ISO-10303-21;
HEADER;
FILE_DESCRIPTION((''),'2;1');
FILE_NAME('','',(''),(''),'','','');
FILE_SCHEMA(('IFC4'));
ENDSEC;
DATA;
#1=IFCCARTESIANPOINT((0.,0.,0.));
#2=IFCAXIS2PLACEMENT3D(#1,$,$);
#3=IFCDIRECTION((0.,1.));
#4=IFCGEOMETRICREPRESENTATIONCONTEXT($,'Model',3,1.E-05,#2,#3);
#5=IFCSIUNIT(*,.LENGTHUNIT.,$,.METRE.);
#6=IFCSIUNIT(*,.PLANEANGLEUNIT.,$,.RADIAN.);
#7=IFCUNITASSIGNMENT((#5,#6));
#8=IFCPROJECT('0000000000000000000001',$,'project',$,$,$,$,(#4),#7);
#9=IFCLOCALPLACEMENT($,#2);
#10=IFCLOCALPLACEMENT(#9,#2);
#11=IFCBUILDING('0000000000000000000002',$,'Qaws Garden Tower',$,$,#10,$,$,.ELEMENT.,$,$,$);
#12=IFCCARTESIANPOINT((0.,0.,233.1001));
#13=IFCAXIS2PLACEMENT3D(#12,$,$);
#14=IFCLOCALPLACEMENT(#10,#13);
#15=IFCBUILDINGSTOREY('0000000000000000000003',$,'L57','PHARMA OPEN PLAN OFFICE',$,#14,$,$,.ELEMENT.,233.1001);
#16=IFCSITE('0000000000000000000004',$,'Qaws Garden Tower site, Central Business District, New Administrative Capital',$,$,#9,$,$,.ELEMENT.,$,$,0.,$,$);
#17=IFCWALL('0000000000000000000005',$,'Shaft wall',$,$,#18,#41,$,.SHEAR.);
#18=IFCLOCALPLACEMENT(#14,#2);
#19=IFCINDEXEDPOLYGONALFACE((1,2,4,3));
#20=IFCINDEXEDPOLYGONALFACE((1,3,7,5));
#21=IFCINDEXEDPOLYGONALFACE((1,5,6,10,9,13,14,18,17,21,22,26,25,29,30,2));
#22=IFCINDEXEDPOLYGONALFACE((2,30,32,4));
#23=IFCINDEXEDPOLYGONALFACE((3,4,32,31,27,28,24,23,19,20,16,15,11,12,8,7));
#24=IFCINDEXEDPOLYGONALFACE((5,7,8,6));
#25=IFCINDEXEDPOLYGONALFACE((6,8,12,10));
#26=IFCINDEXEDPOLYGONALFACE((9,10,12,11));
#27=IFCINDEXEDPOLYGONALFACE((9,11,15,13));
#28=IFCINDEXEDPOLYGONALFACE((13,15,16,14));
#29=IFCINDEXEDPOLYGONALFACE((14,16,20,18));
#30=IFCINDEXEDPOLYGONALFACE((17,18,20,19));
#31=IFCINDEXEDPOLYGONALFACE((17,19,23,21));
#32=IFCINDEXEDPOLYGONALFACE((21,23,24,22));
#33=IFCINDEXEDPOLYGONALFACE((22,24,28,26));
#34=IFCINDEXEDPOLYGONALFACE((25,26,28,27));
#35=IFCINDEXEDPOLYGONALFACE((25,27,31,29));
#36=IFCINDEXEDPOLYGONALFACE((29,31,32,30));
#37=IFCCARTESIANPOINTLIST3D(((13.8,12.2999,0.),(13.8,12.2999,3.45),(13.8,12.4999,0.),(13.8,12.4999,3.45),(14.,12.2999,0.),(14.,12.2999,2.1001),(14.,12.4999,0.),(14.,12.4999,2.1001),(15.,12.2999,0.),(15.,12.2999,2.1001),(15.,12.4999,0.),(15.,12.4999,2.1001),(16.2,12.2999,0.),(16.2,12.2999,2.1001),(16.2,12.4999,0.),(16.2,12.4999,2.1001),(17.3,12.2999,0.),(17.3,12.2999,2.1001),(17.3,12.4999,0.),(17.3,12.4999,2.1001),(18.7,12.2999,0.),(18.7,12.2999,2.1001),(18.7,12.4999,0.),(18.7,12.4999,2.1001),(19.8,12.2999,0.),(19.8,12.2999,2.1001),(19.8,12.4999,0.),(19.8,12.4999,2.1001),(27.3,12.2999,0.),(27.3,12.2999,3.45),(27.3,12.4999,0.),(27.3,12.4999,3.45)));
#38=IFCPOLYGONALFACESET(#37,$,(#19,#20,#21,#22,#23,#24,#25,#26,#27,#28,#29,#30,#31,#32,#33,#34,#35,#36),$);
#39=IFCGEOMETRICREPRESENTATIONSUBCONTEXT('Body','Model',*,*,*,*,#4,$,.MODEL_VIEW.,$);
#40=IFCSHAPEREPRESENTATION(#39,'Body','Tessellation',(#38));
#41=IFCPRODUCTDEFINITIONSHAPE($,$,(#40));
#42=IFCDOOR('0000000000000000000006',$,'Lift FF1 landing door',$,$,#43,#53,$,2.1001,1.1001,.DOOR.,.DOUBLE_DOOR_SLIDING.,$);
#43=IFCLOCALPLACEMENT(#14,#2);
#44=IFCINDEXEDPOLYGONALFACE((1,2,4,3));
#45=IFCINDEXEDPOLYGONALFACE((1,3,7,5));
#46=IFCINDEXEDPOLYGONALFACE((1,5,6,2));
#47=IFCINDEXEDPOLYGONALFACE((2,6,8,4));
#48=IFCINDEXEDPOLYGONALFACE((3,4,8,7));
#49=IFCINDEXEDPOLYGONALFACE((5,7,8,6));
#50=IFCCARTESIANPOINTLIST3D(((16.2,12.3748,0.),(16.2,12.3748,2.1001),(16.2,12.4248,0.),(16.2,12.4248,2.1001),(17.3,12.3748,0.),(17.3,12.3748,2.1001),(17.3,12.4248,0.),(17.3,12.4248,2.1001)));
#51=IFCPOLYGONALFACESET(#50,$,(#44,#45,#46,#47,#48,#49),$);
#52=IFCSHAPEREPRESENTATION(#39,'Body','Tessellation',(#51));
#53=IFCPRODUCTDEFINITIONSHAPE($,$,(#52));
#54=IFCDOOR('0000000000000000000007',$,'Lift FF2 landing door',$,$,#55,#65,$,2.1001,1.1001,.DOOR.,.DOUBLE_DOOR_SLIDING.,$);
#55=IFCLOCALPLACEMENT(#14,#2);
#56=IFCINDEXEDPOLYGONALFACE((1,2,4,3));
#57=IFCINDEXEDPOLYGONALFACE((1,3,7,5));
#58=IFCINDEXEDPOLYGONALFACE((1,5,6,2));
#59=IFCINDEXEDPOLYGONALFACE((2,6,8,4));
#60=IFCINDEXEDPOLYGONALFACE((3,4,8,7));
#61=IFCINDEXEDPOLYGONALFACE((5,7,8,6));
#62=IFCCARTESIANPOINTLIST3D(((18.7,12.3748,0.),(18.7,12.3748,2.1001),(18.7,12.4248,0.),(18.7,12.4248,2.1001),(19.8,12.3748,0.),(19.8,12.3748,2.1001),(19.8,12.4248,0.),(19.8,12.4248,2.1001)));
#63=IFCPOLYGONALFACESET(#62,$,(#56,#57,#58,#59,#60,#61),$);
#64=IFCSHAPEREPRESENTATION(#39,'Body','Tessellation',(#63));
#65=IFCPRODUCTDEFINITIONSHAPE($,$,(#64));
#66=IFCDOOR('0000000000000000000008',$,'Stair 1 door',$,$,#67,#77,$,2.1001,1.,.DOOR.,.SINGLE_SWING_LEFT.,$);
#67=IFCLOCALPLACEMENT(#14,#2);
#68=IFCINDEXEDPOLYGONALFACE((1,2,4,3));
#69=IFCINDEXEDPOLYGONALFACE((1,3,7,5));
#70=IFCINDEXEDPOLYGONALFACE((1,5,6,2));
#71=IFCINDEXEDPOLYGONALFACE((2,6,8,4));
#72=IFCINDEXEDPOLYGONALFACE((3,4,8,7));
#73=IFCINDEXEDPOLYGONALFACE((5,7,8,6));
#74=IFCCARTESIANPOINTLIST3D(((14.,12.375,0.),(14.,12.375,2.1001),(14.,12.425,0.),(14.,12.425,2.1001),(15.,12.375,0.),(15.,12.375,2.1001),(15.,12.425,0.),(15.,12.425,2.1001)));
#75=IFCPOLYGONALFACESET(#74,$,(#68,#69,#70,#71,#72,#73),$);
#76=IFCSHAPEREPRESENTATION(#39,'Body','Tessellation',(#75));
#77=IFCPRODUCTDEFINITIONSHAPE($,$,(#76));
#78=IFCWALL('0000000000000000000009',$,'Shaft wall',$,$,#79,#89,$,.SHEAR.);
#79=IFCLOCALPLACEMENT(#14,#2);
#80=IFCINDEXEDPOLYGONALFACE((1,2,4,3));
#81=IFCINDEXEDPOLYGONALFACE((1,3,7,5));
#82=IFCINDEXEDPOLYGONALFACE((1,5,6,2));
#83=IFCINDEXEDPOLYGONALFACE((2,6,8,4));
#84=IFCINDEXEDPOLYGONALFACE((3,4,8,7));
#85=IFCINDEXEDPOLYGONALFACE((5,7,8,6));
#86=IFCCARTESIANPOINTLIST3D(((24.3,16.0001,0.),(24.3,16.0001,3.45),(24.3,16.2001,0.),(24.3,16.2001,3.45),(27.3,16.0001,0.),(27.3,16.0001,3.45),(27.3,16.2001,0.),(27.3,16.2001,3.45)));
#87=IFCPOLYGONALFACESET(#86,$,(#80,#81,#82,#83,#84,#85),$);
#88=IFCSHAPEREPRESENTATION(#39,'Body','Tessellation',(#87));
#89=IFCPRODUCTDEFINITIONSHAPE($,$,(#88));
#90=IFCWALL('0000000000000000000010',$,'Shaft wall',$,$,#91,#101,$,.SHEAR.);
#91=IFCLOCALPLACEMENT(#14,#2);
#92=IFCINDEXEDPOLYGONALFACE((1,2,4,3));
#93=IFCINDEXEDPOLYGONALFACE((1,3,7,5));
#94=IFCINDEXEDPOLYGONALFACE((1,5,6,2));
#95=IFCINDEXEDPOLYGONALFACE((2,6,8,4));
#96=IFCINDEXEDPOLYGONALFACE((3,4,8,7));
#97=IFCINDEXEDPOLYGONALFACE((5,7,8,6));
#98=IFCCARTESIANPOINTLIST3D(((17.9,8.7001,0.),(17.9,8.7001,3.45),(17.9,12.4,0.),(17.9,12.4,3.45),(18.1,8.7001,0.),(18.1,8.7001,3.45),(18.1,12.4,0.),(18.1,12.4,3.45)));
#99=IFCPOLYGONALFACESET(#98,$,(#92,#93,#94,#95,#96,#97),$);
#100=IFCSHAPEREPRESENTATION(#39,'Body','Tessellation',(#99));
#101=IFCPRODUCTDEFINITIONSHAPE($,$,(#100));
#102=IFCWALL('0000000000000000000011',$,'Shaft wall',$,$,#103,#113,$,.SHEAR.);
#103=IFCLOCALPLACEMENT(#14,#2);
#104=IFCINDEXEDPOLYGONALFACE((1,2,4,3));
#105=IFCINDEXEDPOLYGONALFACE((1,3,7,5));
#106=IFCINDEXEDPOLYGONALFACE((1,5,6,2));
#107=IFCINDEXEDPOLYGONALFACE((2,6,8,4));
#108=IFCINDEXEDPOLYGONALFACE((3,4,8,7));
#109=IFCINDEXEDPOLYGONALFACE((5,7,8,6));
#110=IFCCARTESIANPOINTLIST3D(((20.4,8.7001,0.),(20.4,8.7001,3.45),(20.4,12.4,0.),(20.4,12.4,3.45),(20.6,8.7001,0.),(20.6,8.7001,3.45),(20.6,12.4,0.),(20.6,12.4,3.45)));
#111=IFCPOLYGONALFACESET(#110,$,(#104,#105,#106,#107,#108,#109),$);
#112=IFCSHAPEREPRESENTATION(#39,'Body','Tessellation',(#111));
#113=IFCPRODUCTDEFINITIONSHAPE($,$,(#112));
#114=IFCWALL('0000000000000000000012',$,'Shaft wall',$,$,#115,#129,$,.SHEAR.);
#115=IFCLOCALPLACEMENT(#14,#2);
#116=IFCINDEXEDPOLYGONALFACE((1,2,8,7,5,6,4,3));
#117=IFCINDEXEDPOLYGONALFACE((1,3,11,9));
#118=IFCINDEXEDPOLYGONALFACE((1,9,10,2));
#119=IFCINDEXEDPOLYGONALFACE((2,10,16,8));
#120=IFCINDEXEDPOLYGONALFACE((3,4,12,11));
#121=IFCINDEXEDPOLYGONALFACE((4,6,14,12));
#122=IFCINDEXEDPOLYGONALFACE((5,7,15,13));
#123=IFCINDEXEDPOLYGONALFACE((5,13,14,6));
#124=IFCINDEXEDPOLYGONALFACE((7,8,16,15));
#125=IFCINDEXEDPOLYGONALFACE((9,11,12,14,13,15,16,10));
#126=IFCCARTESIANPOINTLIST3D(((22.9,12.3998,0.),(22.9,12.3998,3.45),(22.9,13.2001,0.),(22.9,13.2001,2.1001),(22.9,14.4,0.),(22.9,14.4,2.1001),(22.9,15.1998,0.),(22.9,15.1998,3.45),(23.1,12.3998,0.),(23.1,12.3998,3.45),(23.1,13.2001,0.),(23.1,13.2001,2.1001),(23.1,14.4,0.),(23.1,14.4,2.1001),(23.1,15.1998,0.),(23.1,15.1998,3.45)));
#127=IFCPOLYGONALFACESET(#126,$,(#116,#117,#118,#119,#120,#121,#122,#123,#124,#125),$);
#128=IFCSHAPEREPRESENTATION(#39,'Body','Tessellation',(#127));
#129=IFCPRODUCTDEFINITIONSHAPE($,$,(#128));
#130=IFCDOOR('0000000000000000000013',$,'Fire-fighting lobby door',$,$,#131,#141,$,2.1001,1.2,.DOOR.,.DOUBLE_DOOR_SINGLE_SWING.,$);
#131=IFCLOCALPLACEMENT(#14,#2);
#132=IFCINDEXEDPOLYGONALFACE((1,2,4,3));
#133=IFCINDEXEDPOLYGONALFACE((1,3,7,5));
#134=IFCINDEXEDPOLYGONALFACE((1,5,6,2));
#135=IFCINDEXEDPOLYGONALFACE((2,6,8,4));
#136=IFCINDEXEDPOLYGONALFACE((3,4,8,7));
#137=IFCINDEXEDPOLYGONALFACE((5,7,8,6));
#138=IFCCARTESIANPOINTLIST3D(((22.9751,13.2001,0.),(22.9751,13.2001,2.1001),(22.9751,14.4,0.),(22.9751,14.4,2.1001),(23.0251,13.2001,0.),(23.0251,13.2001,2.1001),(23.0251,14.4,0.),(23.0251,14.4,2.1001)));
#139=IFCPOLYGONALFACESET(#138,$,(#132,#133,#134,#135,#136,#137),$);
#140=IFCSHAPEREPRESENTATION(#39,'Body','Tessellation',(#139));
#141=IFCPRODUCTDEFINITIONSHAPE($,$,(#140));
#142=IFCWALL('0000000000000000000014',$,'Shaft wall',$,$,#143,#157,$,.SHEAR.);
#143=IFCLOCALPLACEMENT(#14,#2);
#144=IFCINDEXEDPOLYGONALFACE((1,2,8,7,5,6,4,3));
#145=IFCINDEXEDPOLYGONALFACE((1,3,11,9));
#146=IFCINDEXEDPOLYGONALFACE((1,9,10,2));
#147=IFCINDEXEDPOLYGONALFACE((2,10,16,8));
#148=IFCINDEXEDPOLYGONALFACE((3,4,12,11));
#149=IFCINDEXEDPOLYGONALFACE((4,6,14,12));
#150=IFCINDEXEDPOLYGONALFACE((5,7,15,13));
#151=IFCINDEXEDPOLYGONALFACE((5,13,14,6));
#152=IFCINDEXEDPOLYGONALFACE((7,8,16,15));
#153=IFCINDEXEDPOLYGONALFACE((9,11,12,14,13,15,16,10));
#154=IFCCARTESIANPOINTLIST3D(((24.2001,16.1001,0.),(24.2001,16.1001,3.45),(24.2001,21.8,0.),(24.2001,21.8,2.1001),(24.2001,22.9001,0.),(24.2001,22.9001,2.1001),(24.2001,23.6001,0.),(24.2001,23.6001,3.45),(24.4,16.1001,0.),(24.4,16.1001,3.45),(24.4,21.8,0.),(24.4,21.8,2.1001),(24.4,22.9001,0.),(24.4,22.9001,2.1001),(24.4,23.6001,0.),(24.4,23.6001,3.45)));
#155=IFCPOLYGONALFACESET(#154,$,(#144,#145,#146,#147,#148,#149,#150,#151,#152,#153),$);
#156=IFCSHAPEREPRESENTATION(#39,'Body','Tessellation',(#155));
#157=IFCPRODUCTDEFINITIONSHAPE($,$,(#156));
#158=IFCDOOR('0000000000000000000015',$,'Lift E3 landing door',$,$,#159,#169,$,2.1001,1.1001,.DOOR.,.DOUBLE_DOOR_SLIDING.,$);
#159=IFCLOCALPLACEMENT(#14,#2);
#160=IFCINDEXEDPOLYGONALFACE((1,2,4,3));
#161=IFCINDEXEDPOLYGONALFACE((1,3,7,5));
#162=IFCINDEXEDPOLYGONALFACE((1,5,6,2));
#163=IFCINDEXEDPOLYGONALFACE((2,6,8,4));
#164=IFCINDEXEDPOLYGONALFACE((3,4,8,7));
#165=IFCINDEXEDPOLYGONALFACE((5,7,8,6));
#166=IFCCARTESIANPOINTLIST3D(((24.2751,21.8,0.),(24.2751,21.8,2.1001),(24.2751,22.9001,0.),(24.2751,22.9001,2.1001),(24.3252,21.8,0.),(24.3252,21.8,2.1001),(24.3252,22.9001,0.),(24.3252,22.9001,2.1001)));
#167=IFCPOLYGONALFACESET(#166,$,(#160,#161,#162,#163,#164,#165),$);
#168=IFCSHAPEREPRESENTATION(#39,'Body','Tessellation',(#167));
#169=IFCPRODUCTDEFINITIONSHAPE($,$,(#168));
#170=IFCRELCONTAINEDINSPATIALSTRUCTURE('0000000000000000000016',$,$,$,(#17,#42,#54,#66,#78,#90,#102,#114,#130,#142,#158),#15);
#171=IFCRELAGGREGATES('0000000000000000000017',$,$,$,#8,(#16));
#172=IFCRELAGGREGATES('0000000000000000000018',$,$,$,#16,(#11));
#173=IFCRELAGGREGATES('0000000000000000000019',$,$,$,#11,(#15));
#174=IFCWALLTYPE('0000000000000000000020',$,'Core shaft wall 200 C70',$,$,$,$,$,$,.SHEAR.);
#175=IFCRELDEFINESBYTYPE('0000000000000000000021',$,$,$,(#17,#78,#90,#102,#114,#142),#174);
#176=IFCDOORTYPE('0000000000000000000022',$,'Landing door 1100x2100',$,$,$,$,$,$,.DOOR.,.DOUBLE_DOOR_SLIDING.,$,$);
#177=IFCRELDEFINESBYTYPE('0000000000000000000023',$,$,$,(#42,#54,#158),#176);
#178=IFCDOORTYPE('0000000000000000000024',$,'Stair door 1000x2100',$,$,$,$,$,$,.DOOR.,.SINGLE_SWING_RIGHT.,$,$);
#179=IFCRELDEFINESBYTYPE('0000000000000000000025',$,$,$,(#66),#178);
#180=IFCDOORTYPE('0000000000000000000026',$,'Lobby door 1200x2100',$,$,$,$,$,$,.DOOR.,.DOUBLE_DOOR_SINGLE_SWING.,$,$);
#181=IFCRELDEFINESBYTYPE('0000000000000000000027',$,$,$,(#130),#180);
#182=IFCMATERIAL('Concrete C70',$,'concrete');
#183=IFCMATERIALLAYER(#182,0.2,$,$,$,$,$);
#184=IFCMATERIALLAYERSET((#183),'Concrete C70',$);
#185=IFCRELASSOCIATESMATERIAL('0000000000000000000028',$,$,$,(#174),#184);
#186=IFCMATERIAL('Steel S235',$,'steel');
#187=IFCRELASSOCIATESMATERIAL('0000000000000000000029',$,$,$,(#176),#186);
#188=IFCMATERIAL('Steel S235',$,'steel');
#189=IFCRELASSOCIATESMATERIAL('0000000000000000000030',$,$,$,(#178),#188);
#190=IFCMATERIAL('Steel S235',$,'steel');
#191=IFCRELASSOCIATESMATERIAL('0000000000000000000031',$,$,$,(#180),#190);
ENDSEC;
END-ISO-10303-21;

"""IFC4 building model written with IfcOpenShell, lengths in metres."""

from ifc_helpers import new_model, si_unit, direction, frame, frame_2d, origin, place, context, subcontext, project, spatial, rectangle, extrude, material, layer, layer_set, type_object, element, fill, save


model = new_model("IFC4")

# Units and contexts
model_context = context("Model", 3, precision=1e-05, world=origin(), true_north=direction((0.0, 1.0)))
body_context = subcontext(model_context, "Body", "Model", "MODEL_VIEW")
ifc_project = project(units=[si_unit("LENGTHUNIT", "METRE"), si_unit("PLANEANGLEUNIT", "RADIAN")], contexts=[model_context])

# Site, building, storey
site_placement = place(None, origin())
site = spatial("IfcSite", under=ifc_project, at=site_placement, Name="Qaws Garden Tower site, Central Business District, New Administrative Capital", CompositionType="ELEMENT", RefElevation=0.0)
building_placement = place(site_placement, origin())
building = spatial("IfcBuilding", under=site, at=building_placement, Name="Qaws Garden Tower", CompositionType="ELEMENT")
storey_placement = place(building_placement, frame((0.0, 0.0, 233.1001)))
storey = spatial("IfcBuildingStorey", under=building, at=storey_placement, Name="L57", Description="PHARMA OPEN PLAN OFFICE", CompositionType="ELEMENT", Elevation=233.1001)

# Wall, openings, doors
ifc_material_1 = material(Name="Concrete C70", Category="concrete")
ifc_layer_1 = layer(ifc_material_1, 0.2)
ifc_layer_set_1 = layer_set([ifc_layer_1], Name="Concrete C70")
wall_type_1 = type_object("IfcWallType", Name="Core shaft wall 200 C70", PredefinedType="SHEAR", material=ifc_layer_set_1)
wall_1_placement = place(storey_placement, frame((13.8, 12.3999, 0.0), z_axis=(0.0, 0.0, 1.0), x_axis=(1.0, 0.0, 0.0)))
wall_1 = element("IfcWall", 1, at=wall_1_placement, inside=storey, type_object=wall_type_1, Name="Shaft wall", PredefinedType="SHEAR", context=body_context, shape_type="SweptSolid", body=[
    extrude(rectangle(XDim=13.5, YDim=0.2, at=frame_2d((6.75, 0.0))), origin(), (0.0, 0.0, 1.0), 3.45),
])
opening_1_placement = place(wall_1_placement, frame((2.3999, 0.0, 0.0)))
opening_1 = element("IfcOpeningElement", 2, at=opening_1_placement, cuts=wall_1, PredefinedType="OPENING", context=body_context, shape_type="SweptSolid", body=[
    extrude(rectangle(XDim=1.1001, YDim=2.1001, at=frame_2d((0.55, 1.05))), frame((0.0, 0.1099, 0.0), z_axis=(0.0, -1.0, 0.0), x_axis=(1.0, 0.0, 0.0)), (0.0, 0.0, 1.0), 0.22),
])
opening_2_placement = place(wall_1_placement, frame((4.8999, 0.0, 0.0)))
opening_2 = element("IfcOpeningElement", 3, at=opening_2_placement, cuts=wall_1, PredefinedType="OPENING", context=body_context, shape_type="SweptSolid", body=[
    extrude(rectangle(XDim=1.1001, YDim=2.1001, at=frame_2d((0.55, 1.05))), frame((0.0, 0.1099, 0.0), z_axis=(0.0, -1.0, 0.0), x_axis=(1.0, 0.0, 0.0)), (0.0, 0.0, 1.0), 0.22),
])
opening_3_placement = place(wall_1_placement, frame((0.2, 0.0, 0.0)))
opening_3 = element("IfcOpeningElement", 4, at=opening_3_placement, cuts=wall_1, PredefinedType="OPENING", context=body_context, shape_type="SweptSolid", body=[
    extrude(rectangle(XDim=1.0, YDim=2.1001, at=frame_2d((0.5, 1.05))), frame((0.0, 0.1099, 0.0), z_axis=(0.0, -1.0, 0.0), x_axis=(1.0, 0.0, 0.0)), (0.0, 0.0, 1.0), 0.22),
])
ifc_material_2 = material(Name="Steel S235", Category="steel")
door_type_1 = type_object("IfcDoorType", Name="Landing door 1100x2100", OperationType="DOUBLE_DOOR_SLIDING", PredefinedType="DOOR", material=ifc_material_2)
door_1_placement = place(opening_1_placement, origin())
door_1 = element("IfcDoor", 5, at=door_1_placement, inside=storey, type_object=door_type_1, Name="Lift FF1 landing door", OperationType="DOUBLE_DOOR_SLIDING", OverallHeight=2.1001, OverallWidth=1.1001, PredefinedType="DOOR", context=body_context, shape_type="SweptSolid", body=[
    extrude(rectangle(XDim=1.1001, YDim=2.1001, at=frame_2d((0.55, 1.05))), frame((0.0, 0.0249, 0.0), z_axis=(0.0, -1.0, 0.0), x_axis=(1.0, 0.0, 0.0)), (0.0, 0.0, 1.0), 0.05),
])
fill(opening_1, door_1)
door_2_placement = place(opening_2_placement, origin())
door_2 = element("IfcDoor", 6, at=door_2_placement, inside=storey, type_object=door_type_1, Name="Lift FF2 landing door", OperationType="DOUBLE_DOOR_SLIDING", OverallHeight=2.1001, OverallWidth=1.1001, PredefinedType="DOOR", context=body_context, shape_type="SweptSolid", body=[
    extrude(rectangle(XDim=1.1001, YDim=2.1001, at=frame_2d((0.55, 1.05))), frame((0.0, 0.0249, 0.0), z_axis=(0.0, -1.0, 0.0), x_axis=(1.0, 0.0, 0.0)), (0.0, 0.0, 1.0), 0.05),
])
fill(opening_2, door_2)
ifc_material_3 = material(Name="Steel S235", Category="steel")
door_type_2 = type_object("IfcDoorType", Name="Stair door 1000x2100", OperationType="SINGLE_SWING_RIGHT", PredefinedType="DOOR", material=ifc_material_3)
door_3_placement = place(opening_3_placement, frame((1.0, 0.0, 0.0), z_axis=(0.0, 0.0, 1.0), x_axis=(-1.0, 0.0, 0.0)))
door_3 = element("IfcDoor", 7, at=door_3_placement, inside=storey, type_object=door_type_2, Name="Stair 1 door", OperationType="SINGLE_SWING_LEFT", OverallHeight=2.1001, OverallWidth=1.0, PredefinedType="DOOR", context=body_context, shape_type="SweptSolid", body=[
    extrude(rectangle(XDim=1.0, YDim=2.1001, at=frame_2d((0.5, 1.05))), frame((0.0, 0.0249, 0.0), z_axis=(0.0, -1.0, 0.0), x_axis=(1.0, 0.0, 0.0)), (0.0, 0.0, 1.0), 0.05),
])
fill(opening_3, door_3)

# Walls
wall_2_placement = place(storey_placement, frame((24.3, 16.1001, 0.0), z_axis=(0.0, 0.0, 1.0), x_axis=(1.0, 0.0, 0.0)))
element("IfcWall", 8, at=wall_2_placement, inside=storey, type_object=wall_type_1, Name="Shaft wall", PredefinedType="SHEAR", context=body_context, shape_type="SweptSolid", body=[
    extrude(rectangle(XDim=3.0, YDim=0.2, at=frame_2d((1.5, 0.0))), origin(), (0.0, 0.0, 1.0), 3.45),
])
for number, where, z_axis, x_axis, name in (
    (9, (18.0, 8.7, 0.0), (0.0, 0.0, 1.0), (0.0, 1.0, 0.0), "Shaft wall"),
    (10, (20.5, 8.7, 0.0), (0.0, 0.0, 1.0), (0.0, 1.0, 0.0), "Shaft wall"),
):
    element("IfcWall", number, at=place(storey_placement, frame(where, z_axis=z_axis, x_axis=x_axis)), inside=storey, type_object=wall_type_1, Name=name, PredefinedType="SHEAR", context=body_context, shape_type="SweptSolid", body=[
        extrude(rectangle(XDim=3.7, YDim=0.2, at=frame_2d((1.8501, 0.0))), origin(), (0.0, 0.0, 1.0), 3.45),
    ])

# Walls, openings, doors
wall_3_placement = place(storey_placement, frame((23.0, 12.3999, 0.0), z_axis=(0.0, 0.0, 1.0), x_axis=(0.0, 1.0, 0.0)))
wall_3 = element("IfcWall", 11, at=wall_3_placement, inside=storey, type_object=wall_type_1, Name="Shaft wall", PredefinedType="SHEAR", context=body_context, shape_type="SweptSolid", body=[
    extrude(rectangle(XDim=2.8, YDim=0.2, at=frame_2d((1.3999, 0.0))), origin(), (0.0, 0.0, 1.0), 3.45),
])
opening_4_placement = place(wall_3_placement, frame((0.8, 0.0, 0.0)))
opening_4 = element("IfcOpeningElement", 12, at=opening_4_placement, cuts=wall_3, PredefinedType="OPENING", context=body_context, shape_type="SweptSolid", body=[
    extrude(rectangle(XDim=1.2, YDim=2.1001, at=frame_2d((0.6001, 1.05))), frame((0.0, 0.1099, 0.0), z_axis=(0.0, -1.0, 0.0), x_axis=(1.0, 0.0, 0.0)), (0.0, 0.0, 1.0), 0.22),
])
ifc_material_4 = material(Name="Steel S235", Category="steel")
door_type_3 = type_object("IfcDoorType", Name="Lobby door 1200x2100", OperationType="DOUBLE_DOOR_SINGLE_SWING", PredefinedType="DOOR", material=ifc_material_4)
door_4_placement = place(opening_4_placement, origin())
door_4 = element("IfcDoor", 13, at=door_4_placement, inside=storey, type_object=door_type_3, Name="Fire-fighting lobby door", OperationType="DOUBLE_DOOR_SINGLE_SWING", OverallHeight=2.1001, OverallWidth=1.2, PredefinedType="DOOR", context=body_context, shape_type="SweptSolid", body=[
    extrude(rectangle(XDim=1.2, YDim=2.1001, at=frame_2d((0.6001, 1.05))), frame((0.0, 0.0249, 0.0), z_axis=(0.0, -1.0, 0.0), x_axis=(1.0, 0.0, 0.0)), (0.0, 0.0, 1.0), 0.05),
])
fill(opening_4, door_4)
wall_4_placement = place(storey_placement, frame((24.3, 16.1001, 0.0), z_axis=(0.0, 0.0, 1.0), x_axis=(0.0, 1.0, 0.0)))
wall_4 = element("IfcWall", 14, at=wall_4_placement, inside=storey, type_object=wall_type_1, Name="Shaft wall", PredefinedType="SHEAR", context=body_context, shape_type="SweptSolid", body=[
    extrude(rectangle(XDim=7.5, YDim=0.2, at=frame_2d((3.75, 0.0))), origin(), (0.0, 0.0, 1.0), 3.45),
])
opening_5_placement = place(wall_4_placement, frame((5.7, 0.0, 0.0)))
opening_5 = element("IfcOpeningElement", 15, at=opening_5_placement, cuts=wall_4, PredefinedType="OPENING", context=body_context, shape_type="SweptSolid", body=[
    extrude(rectangle(XDim=1.1001, YDim=2.1001, at=frame_2d((0.55, 1.05))), frame((0.0, 0.1099, 0.0), z_axis=(0.0, -1.0, 0.0), x_axis=(1.0, 0.0, 0.0)), (0.0, 0.0, 1.0), 0.22),
])
door_5_placement = place(opening_5_placement, origin())
door_5 = element("IfcDoor", 16, at=door_5_placement, inside=storey, type_object=door_type_1, Name="Lift E3 landing door", OperationType="DOUBLE_DOOR_SLIDING", OverallHeight=2.1001, OverallWidth=1.1001, PredefinedType="DOOR", context=body_context, shape_type="SweptSolid", body=[
    extrude(rectangle(XDim=1.1001, YDim=2.1001, at=frame_2d((0.55, 1.05))), frame((0.0, 0.0249, 0.0), z_axis=(0.0, -1.0, 0.0), x_axis=(1.0, 0.0, 0.0)), (0.0, 0.0, 1.0), 0.05),
])
fill(opening_5, door_5)

save(model, "model.ifc")
